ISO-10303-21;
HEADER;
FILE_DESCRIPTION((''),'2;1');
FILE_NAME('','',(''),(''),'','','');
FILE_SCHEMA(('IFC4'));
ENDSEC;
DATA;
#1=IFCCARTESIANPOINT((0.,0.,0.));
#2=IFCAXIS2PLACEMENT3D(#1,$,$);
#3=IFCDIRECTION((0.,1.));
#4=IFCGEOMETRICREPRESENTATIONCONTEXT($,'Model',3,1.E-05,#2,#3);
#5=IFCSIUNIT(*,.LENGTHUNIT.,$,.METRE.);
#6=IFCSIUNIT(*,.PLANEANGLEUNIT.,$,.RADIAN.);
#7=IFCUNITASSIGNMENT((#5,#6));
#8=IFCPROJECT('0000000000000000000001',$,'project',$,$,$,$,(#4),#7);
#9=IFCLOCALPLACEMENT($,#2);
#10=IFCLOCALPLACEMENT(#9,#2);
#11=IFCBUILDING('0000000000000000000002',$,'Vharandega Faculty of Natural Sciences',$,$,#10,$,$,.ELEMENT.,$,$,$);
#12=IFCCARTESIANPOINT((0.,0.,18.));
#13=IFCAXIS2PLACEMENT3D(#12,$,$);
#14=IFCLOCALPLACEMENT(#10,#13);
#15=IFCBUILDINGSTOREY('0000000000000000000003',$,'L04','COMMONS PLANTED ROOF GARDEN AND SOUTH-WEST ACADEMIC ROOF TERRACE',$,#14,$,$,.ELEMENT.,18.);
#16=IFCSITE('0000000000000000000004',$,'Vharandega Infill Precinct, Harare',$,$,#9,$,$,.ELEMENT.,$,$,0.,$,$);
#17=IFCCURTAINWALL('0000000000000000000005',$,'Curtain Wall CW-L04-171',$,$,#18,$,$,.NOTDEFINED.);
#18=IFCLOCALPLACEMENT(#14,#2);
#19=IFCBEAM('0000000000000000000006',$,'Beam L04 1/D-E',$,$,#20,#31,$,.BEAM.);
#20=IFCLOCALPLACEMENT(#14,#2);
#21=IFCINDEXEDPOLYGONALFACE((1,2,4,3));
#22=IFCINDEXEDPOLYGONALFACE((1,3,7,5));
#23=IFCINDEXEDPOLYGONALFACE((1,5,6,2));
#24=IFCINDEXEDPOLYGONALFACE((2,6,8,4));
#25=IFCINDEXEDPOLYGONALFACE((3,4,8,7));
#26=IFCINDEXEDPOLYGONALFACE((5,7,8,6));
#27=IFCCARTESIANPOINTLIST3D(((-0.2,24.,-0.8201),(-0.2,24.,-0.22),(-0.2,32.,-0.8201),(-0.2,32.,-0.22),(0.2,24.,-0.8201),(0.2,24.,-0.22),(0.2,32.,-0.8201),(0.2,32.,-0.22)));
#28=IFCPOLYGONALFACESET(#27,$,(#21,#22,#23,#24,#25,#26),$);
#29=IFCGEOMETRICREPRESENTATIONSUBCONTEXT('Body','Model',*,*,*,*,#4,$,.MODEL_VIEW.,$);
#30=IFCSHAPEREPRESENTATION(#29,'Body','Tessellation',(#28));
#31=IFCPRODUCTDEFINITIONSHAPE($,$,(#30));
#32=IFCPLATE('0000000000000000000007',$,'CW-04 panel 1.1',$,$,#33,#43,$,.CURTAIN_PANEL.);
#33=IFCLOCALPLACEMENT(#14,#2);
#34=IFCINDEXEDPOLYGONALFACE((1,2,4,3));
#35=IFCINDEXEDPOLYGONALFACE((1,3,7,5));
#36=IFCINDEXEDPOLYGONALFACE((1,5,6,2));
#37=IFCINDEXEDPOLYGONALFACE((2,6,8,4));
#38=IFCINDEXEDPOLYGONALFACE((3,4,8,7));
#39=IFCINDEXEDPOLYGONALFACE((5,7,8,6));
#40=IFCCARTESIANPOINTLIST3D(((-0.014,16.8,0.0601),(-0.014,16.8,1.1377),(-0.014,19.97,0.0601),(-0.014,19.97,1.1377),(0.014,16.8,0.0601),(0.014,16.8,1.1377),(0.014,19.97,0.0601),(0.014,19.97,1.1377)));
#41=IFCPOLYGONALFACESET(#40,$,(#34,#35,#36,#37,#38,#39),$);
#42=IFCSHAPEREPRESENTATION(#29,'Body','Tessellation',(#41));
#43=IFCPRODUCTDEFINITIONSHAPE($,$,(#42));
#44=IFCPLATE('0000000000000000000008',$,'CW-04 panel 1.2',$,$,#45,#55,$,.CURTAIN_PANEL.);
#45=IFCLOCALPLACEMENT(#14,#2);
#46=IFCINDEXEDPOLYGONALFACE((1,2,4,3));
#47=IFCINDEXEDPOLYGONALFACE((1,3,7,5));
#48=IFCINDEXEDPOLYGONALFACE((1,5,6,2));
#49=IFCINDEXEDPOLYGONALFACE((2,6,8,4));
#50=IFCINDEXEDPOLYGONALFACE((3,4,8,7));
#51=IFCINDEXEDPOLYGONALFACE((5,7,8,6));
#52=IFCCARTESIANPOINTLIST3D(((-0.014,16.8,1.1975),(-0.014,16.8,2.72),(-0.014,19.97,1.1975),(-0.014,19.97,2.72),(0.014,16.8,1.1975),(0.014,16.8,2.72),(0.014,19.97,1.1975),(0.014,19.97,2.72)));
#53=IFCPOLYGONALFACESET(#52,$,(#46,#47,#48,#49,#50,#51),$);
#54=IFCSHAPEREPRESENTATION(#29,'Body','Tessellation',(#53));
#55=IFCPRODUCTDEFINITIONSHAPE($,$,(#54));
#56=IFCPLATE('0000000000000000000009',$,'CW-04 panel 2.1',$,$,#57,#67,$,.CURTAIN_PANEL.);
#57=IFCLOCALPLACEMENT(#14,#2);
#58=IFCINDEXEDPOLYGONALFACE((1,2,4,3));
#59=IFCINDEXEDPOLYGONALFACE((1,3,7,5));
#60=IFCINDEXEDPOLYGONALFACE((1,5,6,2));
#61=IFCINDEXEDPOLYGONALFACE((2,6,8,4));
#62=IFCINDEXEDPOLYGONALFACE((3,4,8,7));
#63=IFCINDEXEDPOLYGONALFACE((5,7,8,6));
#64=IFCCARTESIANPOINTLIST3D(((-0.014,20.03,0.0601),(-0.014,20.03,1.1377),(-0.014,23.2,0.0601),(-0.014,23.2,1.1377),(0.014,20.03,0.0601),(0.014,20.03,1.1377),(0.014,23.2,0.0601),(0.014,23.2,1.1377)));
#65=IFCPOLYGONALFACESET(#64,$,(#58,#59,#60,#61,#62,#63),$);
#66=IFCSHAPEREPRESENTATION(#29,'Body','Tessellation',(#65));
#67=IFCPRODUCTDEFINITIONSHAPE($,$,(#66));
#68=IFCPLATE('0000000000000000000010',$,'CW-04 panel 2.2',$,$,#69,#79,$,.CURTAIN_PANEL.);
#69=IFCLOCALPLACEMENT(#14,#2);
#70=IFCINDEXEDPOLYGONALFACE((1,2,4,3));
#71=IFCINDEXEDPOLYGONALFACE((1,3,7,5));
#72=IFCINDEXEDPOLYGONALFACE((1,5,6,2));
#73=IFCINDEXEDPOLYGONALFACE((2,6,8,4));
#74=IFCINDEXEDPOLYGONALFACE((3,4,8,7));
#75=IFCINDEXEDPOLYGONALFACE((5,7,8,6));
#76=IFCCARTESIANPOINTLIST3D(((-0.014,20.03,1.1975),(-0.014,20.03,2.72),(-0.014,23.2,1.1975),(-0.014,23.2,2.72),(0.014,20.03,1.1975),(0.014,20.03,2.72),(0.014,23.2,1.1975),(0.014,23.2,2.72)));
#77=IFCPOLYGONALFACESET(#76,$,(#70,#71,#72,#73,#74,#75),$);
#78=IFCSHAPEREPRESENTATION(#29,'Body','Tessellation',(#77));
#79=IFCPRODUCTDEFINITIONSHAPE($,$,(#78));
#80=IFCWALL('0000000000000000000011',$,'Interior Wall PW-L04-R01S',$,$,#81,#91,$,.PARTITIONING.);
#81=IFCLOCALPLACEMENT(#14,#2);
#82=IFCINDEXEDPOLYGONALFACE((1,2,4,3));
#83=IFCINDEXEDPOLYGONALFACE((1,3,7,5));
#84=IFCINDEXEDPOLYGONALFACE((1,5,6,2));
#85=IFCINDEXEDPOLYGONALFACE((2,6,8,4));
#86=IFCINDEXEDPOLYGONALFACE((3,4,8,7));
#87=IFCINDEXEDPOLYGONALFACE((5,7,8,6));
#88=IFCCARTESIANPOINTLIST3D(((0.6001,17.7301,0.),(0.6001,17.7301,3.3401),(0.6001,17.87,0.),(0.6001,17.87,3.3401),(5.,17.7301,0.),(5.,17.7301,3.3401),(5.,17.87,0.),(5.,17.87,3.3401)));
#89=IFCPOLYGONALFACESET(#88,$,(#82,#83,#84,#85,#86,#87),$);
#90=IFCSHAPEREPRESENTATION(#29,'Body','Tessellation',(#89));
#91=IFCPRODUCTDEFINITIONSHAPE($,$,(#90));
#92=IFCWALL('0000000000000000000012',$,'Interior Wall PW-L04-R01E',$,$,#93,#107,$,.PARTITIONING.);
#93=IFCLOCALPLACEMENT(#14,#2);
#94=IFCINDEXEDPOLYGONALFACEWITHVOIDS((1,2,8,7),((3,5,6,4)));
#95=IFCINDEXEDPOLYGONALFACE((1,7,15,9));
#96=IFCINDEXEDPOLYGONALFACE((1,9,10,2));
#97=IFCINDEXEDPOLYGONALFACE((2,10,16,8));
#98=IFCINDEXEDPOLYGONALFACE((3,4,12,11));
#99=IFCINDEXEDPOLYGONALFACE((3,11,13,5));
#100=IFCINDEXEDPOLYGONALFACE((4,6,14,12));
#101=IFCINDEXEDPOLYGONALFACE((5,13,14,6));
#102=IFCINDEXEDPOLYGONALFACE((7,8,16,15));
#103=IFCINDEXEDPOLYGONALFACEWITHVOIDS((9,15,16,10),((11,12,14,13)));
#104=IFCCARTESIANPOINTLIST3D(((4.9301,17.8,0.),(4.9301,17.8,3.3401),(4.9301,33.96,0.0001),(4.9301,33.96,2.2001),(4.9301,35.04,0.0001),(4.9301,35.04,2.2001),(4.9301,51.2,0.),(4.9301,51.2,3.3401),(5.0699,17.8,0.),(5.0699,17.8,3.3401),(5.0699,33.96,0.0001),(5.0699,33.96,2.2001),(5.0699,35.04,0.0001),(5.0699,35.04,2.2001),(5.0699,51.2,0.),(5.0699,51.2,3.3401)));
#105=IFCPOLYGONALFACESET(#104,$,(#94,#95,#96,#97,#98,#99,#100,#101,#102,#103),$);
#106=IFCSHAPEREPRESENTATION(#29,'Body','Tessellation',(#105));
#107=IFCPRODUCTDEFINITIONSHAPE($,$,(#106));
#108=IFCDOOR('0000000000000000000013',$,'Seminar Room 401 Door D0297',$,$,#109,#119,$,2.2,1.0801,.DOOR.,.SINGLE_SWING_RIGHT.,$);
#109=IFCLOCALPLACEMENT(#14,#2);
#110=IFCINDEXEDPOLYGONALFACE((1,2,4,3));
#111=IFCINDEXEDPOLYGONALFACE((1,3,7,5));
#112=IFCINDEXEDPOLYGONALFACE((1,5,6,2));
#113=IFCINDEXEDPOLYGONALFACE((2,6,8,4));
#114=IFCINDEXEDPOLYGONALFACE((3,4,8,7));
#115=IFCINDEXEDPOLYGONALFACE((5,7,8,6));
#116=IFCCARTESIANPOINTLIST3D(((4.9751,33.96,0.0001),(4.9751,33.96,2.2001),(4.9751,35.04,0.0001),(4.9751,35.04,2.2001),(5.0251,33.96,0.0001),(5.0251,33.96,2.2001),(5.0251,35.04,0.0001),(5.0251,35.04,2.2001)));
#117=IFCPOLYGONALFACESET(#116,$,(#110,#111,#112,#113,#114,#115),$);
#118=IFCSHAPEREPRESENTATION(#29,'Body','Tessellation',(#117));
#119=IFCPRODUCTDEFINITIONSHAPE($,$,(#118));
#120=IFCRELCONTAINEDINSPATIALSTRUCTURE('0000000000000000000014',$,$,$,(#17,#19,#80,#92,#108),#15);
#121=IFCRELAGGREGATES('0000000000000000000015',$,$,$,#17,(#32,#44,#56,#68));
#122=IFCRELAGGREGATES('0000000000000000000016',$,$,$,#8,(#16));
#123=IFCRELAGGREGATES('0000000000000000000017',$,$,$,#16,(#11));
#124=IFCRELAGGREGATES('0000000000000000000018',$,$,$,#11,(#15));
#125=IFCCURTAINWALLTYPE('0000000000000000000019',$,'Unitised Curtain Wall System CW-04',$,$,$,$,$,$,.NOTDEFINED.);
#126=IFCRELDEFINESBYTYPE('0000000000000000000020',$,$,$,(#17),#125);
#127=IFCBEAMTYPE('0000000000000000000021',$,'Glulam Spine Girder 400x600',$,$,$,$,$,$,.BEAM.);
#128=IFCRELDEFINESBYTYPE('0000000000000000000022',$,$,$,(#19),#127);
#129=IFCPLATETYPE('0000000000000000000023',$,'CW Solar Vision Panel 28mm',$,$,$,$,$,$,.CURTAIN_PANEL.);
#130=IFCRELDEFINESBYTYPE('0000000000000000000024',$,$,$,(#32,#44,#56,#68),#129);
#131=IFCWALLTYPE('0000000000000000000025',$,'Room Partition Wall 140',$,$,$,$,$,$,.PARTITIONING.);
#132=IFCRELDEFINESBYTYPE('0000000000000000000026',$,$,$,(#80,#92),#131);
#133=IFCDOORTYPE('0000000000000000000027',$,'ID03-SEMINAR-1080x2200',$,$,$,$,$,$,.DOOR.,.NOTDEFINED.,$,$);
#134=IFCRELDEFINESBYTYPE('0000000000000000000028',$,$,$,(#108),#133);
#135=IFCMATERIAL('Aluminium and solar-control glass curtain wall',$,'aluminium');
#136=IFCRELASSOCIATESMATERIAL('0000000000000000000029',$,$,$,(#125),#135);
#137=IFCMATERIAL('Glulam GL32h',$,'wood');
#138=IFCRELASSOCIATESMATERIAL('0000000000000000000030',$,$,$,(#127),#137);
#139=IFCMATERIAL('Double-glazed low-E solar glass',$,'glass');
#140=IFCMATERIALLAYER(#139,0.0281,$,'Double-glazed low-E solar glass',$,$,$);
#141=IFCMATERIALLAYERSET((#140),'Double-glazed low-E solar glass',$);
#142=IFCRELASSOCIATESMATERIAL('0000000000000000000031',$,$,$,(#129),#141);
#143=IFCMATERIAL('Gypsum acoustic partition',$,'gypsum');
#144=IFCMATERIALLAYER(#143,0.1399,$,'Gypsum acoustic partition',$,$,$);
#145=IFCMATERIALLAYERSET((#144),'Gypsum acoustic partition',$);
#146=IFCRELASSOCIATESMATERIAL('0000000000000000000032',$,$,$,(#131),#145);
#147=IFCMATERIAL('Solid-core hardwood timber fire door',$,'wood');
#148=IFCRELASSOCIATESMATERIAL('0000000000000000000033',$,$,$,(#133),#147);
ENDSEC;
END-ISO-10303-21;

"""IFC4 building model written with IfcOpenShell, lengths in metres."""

from ifc_helpers import new_model, si_unit, direction, frame, frame_2d, origin, origin_2d, place, context, subcontext, project, spatial, rectangle, extrude, material, layer, layer_set, material_profile, profile_set, type_object, element, fill, aggregate, save


model = new_model("IFC4")

# Units and contexts
model_context = context("Model", 3, precision=1e-05, world=origin(), true_north=direction((0.0, 1.0)))
body_context = subcontext(model_context, "Body", "Model", "MODEL_VIEW")
ifc_project = project(units=[si_unit("LENGTHUNIT", "METRE"), si_unit("PLANEANGLEUNIT", "RADIAN")], contexts=[model_context])

# Site, building, storey
site_placement = place(None, origin())
site = spatial("IfcSite", under=ifc_project, at=site_placement, Name="Vharandega Infill Precinct, Harare", CompositionType="ELEMENT", RefElevation=0.0)
building_placement = place(site_placement, origin())
building = spatial("IfcBuilding", under=site, at=building_placement, Name="Vharandega Faculty of Natural Sciences", CompositionType="ELEMENT")
storey_placement = place(building_placement, frame((0.0, 0.0, 18.0)))
storey = spatial("IfcBuildingStorey", under=building, at=storey_placement, Name="L04", Description="COMMONS PLANTED ROOF GARDEN AND SOUTH-WEST ACADEMIC ROOF TERRACE", CompositionType="ELEMENT", Elevation=18.0)

# Curtain wall
ifc_material_1 = material(Name="Aluminium and solar-control glass curtain wall", Category="aluminium")
curtain_wall_type = type_object("IfcCurtainWallType", Name="Unitised Curtain Wall System CW-04", PredefinedType="NOTDEFINED", material=ifc_material_1)
curtain_wall_placement = place(storey_placement, origin())
curtain_wall = element("IfcCurtainWall", 1, at=curtain_wall_placement, inside=storey, type_object=curtain_wall_type, Name="Curtain Wall CW-L04-171", PredefinedType="NOTDEFINED")

# Beam
ifc_material_2 = material(Name="Glulam GL32h", Category="wood")
ifc_material_profile_1 = material_profile(ifc_material_2, rectangle(XDim=0.3999, YDim=0.6001, at=origin_2d()), Name="GL32h 400x600")
ifc_profile_set_1 = profile_set([ifc_material_profile_1], Name="Glulam GL32h")
beam_type_1 = type_object("IfcBeamType", Name="Glulam Spine Girder 400x600", PredefinedType="BEAM", material=ifc_profile_set_1)
beam_1_placement = place(storey_placement, frame((0.0, 24.0, -0.52), z_axis=(0.0, 1.0, 0.0), x_axis=(-1.0, 0.0, 0.0)))
element("IfcBeam", 2, at=beam_1_placement, inside=storey, type_object=beam_type_1, Name="Beam L04 1/D-E", PredefinedType="BEAM", context=body_context, shape_type="SweptSolid", body=[
    extrude(rectangle(XDim=0.3999, YDim=0.6001, at=origin_2d()), origin(), (0.0, 0.0, 1.0), 8.0),
])

# Plates
ifc_material_3 = material(Name="Double-glazed low-E solar glass", Category="glass")
ifc_layer_1 = layer(ifc_material_3, 0.0281, Name="Double-glazed low-E solar glass")
ifc_layer_set_1 = layer_set([ifc_layer_1], Name="Double-glazed low-E solar glass")
plate_type = type_object("IfcPlateType", Name="CW Solar Vision Panel 28mm", PredefinedType="CURTAIN_PANEL", material=ifc_layer_set_1)
plate_1_placement = place(storey_placement, frame((0.0, 18.385, 0.0601), z_axis=(0.0, 0.0, 1.0), x_axis=(0.0, 1.0, 0.0)))
plate_1 = element("IfcPlate", 3, at=plate_1_placement, type_object=plate_type, Name="CW-04 panel 1.1", PredefinedType="CURTAIN_PANEL", context=body_context, shape_type="SweptSolid", body=[
    extrude(rectangle(XDim=3.1699, YDim=0.0281, at=origin_2d()), origin(), (0.0, 0.0, 1.0), 1.0776),
])
plate_2_placement = place(storey_placement, frame((0.0, 18.385, 1.1975), z_axis=(0.0, 0.0, 1.0), x_axis=(0.0, 1.0, 0.0)))
plate_2 = element("IfcPlate", 4, at=plate_2_placement, type_object=plate_type, Name="CW-04 panel 1.2", PredefinedType="CURTAIN_PANEL", context=body_context, shape_type="SweptSolid", body=[
    extrude(rectangle(XDim=3.1699, YDim=0.0281, at=origin_2d()), origin(), (0.0, 0.0, 1.0), 1.5225),
])
plate_3_placement = place(storey_placement, frame((0.0, 21.615, 0.0601), z_axis=(0.0, 0.0, 1.0), x_axis=(0.0, 1.0, 0.0)))
plate_3 = element("IfcPlate", 5, at=plate_3_placement, type_object=plate_type, Name="CW-04 panel 2.1", PredefinedType="CURTAIN_PANEL", context=body_context, shape_type="SweptSolid", body=[
    extrude(rectangle(XDim=3.1699, YDim=0.0281, at=origin_2d()), origin(), (0.0, 0.0, 1.0), 1.0776),
])
plate_4_placement = place(storey_placement, frame((0.0, 21.615, 1.1975), z_axis=(0.0, 0.0, 1.0), x_axis=(0.0, 1.0, 0.0)))
plate_4 = element("IfcPlate", 6, at=plate_4_placement, type_object=plate_type, Name="CW-04 panel 2.2", PredefinedType="CURTAIN_PANEL", context=body_context, shape_type="SweptSolid", body=[
    extrude(rectangle(XDim=3.1699, YDim=0.0281, at=origin_2d()), origin(), (0.0, 0.0, 1.0), 1.5225),
])
aggregate(curtain_wall, [plate_1, plate_2, plate_3, plate_4])

# Wall
ifc_material_4 = material(Name="Gypsum acoustic partition", Category="gypsum")
ifc_layer_2 = layer(ifc_material_4, 0.1399, Name="Gypsum acoustic partition")
ifc_layer_set_2 = layer_set([ifc_layer_2], Name="Gypsum acoustic partition")
wall_type = type_object("IfcWallType", Name="Room Partition Wall 140", PredefinedType="PARTITIONING", material=ifc_layer_set_2)
wall_1_placement = place(storey_placement, frame((0.6001, 17.8, 0.0), z_axis=(0.0, 0.0, 1.0), x_axis=(1.0, 0.0, 0.0)))
element("IfcWall", 7, at=wall_1_placement, inside=storey, type_object=wall_type, Name="Interior Wall PW-L04-R01S", PredefinedType="PARTITIONING", context=body_context, shape_type="SweptSolid", body=[
    extrude(rectangle(XDim=4.3999, YDim=0.1399, at=frame_2d((2.2, 0.0))), origin(), (0.0, 0.0, 1.0), 3.3401),
])

# Wall, opening, door
wall_2_placement = place(storey_placement, frame((5.0, 17.8, 0.0), z_axis=(0.0, 0.0, 1.0), x_axis=(0.0, 1.0, 0.0)))
wall_2 = element("IfcWall", 8, at=wall_2_placement, inside=storey, type_object=wall_type, Name="Interior Wall PW-L04-R01E", PredefinedType="PARTITIONING", context=body_context, shape_type="SweptSolid", body=[
    extrude(rectangle(XDim=33.3999, YDim=0.1399, at=frame_2d((16.7, 0.0))), origin(), (0.0, 0.0, 1.0), 3.3401),
])
opening_placement = place(wall_2_placement, frame((16.1599, 0.0, 0.0)))
opening = element("IfcOpeningElement", 9, at=opening_placement, cuts=wall_2, PredefinedType="OPENING", context=body_context, shape_type="SweptSolid", body=[
    extrude(rectangle(XDim=1.0801, YDim=2.2, at=frame_2d((0.54, 1.1001))), frame((0.0, 0.0801, 0.0), z_axis=(0.0, -1.0, 0.0), x_axis=(1.0, 0.0, 0.0)), (0.0, 0.0, 1.0), 0.1599),
])
ifc_material_5 = material(Name="Solid-core hardwood timber fire door", Category="wood")
door_type = type_object("IfcDoorType", Name="ID03-SEMINAR-1080x2200", OperationType="NOTDEFINED", PredefinedType="DOOR", material=ifc_material_5)
door_placement = place(opening_placement, origin())
door = element("IfcDoor", 10, at=door_placement, inside=storey, type_object=door_type, Name="Seminar Room 401 Door D0297", OperationType="SINGLE_SWING_RIGHT", OverallHeight=2.2, OverallWidth=1.0801, PredefinedType="DOOR", context=body_context, shape_type="SweptSolid", body=[
    extrude(rectangle(XDim=1.0801, YDim=2.2, at=frame_2d((0.54, 1.1001))), frame((0.0, 0.0249, 0.0), z_axis=(0.0, -1.0, 0.0), x_axis=(1.0, 0.0, 0.0)), (0.0, 0.0, 1.0), 0.05),
])
fill(opening, door)

save(model, "model.ifc")
